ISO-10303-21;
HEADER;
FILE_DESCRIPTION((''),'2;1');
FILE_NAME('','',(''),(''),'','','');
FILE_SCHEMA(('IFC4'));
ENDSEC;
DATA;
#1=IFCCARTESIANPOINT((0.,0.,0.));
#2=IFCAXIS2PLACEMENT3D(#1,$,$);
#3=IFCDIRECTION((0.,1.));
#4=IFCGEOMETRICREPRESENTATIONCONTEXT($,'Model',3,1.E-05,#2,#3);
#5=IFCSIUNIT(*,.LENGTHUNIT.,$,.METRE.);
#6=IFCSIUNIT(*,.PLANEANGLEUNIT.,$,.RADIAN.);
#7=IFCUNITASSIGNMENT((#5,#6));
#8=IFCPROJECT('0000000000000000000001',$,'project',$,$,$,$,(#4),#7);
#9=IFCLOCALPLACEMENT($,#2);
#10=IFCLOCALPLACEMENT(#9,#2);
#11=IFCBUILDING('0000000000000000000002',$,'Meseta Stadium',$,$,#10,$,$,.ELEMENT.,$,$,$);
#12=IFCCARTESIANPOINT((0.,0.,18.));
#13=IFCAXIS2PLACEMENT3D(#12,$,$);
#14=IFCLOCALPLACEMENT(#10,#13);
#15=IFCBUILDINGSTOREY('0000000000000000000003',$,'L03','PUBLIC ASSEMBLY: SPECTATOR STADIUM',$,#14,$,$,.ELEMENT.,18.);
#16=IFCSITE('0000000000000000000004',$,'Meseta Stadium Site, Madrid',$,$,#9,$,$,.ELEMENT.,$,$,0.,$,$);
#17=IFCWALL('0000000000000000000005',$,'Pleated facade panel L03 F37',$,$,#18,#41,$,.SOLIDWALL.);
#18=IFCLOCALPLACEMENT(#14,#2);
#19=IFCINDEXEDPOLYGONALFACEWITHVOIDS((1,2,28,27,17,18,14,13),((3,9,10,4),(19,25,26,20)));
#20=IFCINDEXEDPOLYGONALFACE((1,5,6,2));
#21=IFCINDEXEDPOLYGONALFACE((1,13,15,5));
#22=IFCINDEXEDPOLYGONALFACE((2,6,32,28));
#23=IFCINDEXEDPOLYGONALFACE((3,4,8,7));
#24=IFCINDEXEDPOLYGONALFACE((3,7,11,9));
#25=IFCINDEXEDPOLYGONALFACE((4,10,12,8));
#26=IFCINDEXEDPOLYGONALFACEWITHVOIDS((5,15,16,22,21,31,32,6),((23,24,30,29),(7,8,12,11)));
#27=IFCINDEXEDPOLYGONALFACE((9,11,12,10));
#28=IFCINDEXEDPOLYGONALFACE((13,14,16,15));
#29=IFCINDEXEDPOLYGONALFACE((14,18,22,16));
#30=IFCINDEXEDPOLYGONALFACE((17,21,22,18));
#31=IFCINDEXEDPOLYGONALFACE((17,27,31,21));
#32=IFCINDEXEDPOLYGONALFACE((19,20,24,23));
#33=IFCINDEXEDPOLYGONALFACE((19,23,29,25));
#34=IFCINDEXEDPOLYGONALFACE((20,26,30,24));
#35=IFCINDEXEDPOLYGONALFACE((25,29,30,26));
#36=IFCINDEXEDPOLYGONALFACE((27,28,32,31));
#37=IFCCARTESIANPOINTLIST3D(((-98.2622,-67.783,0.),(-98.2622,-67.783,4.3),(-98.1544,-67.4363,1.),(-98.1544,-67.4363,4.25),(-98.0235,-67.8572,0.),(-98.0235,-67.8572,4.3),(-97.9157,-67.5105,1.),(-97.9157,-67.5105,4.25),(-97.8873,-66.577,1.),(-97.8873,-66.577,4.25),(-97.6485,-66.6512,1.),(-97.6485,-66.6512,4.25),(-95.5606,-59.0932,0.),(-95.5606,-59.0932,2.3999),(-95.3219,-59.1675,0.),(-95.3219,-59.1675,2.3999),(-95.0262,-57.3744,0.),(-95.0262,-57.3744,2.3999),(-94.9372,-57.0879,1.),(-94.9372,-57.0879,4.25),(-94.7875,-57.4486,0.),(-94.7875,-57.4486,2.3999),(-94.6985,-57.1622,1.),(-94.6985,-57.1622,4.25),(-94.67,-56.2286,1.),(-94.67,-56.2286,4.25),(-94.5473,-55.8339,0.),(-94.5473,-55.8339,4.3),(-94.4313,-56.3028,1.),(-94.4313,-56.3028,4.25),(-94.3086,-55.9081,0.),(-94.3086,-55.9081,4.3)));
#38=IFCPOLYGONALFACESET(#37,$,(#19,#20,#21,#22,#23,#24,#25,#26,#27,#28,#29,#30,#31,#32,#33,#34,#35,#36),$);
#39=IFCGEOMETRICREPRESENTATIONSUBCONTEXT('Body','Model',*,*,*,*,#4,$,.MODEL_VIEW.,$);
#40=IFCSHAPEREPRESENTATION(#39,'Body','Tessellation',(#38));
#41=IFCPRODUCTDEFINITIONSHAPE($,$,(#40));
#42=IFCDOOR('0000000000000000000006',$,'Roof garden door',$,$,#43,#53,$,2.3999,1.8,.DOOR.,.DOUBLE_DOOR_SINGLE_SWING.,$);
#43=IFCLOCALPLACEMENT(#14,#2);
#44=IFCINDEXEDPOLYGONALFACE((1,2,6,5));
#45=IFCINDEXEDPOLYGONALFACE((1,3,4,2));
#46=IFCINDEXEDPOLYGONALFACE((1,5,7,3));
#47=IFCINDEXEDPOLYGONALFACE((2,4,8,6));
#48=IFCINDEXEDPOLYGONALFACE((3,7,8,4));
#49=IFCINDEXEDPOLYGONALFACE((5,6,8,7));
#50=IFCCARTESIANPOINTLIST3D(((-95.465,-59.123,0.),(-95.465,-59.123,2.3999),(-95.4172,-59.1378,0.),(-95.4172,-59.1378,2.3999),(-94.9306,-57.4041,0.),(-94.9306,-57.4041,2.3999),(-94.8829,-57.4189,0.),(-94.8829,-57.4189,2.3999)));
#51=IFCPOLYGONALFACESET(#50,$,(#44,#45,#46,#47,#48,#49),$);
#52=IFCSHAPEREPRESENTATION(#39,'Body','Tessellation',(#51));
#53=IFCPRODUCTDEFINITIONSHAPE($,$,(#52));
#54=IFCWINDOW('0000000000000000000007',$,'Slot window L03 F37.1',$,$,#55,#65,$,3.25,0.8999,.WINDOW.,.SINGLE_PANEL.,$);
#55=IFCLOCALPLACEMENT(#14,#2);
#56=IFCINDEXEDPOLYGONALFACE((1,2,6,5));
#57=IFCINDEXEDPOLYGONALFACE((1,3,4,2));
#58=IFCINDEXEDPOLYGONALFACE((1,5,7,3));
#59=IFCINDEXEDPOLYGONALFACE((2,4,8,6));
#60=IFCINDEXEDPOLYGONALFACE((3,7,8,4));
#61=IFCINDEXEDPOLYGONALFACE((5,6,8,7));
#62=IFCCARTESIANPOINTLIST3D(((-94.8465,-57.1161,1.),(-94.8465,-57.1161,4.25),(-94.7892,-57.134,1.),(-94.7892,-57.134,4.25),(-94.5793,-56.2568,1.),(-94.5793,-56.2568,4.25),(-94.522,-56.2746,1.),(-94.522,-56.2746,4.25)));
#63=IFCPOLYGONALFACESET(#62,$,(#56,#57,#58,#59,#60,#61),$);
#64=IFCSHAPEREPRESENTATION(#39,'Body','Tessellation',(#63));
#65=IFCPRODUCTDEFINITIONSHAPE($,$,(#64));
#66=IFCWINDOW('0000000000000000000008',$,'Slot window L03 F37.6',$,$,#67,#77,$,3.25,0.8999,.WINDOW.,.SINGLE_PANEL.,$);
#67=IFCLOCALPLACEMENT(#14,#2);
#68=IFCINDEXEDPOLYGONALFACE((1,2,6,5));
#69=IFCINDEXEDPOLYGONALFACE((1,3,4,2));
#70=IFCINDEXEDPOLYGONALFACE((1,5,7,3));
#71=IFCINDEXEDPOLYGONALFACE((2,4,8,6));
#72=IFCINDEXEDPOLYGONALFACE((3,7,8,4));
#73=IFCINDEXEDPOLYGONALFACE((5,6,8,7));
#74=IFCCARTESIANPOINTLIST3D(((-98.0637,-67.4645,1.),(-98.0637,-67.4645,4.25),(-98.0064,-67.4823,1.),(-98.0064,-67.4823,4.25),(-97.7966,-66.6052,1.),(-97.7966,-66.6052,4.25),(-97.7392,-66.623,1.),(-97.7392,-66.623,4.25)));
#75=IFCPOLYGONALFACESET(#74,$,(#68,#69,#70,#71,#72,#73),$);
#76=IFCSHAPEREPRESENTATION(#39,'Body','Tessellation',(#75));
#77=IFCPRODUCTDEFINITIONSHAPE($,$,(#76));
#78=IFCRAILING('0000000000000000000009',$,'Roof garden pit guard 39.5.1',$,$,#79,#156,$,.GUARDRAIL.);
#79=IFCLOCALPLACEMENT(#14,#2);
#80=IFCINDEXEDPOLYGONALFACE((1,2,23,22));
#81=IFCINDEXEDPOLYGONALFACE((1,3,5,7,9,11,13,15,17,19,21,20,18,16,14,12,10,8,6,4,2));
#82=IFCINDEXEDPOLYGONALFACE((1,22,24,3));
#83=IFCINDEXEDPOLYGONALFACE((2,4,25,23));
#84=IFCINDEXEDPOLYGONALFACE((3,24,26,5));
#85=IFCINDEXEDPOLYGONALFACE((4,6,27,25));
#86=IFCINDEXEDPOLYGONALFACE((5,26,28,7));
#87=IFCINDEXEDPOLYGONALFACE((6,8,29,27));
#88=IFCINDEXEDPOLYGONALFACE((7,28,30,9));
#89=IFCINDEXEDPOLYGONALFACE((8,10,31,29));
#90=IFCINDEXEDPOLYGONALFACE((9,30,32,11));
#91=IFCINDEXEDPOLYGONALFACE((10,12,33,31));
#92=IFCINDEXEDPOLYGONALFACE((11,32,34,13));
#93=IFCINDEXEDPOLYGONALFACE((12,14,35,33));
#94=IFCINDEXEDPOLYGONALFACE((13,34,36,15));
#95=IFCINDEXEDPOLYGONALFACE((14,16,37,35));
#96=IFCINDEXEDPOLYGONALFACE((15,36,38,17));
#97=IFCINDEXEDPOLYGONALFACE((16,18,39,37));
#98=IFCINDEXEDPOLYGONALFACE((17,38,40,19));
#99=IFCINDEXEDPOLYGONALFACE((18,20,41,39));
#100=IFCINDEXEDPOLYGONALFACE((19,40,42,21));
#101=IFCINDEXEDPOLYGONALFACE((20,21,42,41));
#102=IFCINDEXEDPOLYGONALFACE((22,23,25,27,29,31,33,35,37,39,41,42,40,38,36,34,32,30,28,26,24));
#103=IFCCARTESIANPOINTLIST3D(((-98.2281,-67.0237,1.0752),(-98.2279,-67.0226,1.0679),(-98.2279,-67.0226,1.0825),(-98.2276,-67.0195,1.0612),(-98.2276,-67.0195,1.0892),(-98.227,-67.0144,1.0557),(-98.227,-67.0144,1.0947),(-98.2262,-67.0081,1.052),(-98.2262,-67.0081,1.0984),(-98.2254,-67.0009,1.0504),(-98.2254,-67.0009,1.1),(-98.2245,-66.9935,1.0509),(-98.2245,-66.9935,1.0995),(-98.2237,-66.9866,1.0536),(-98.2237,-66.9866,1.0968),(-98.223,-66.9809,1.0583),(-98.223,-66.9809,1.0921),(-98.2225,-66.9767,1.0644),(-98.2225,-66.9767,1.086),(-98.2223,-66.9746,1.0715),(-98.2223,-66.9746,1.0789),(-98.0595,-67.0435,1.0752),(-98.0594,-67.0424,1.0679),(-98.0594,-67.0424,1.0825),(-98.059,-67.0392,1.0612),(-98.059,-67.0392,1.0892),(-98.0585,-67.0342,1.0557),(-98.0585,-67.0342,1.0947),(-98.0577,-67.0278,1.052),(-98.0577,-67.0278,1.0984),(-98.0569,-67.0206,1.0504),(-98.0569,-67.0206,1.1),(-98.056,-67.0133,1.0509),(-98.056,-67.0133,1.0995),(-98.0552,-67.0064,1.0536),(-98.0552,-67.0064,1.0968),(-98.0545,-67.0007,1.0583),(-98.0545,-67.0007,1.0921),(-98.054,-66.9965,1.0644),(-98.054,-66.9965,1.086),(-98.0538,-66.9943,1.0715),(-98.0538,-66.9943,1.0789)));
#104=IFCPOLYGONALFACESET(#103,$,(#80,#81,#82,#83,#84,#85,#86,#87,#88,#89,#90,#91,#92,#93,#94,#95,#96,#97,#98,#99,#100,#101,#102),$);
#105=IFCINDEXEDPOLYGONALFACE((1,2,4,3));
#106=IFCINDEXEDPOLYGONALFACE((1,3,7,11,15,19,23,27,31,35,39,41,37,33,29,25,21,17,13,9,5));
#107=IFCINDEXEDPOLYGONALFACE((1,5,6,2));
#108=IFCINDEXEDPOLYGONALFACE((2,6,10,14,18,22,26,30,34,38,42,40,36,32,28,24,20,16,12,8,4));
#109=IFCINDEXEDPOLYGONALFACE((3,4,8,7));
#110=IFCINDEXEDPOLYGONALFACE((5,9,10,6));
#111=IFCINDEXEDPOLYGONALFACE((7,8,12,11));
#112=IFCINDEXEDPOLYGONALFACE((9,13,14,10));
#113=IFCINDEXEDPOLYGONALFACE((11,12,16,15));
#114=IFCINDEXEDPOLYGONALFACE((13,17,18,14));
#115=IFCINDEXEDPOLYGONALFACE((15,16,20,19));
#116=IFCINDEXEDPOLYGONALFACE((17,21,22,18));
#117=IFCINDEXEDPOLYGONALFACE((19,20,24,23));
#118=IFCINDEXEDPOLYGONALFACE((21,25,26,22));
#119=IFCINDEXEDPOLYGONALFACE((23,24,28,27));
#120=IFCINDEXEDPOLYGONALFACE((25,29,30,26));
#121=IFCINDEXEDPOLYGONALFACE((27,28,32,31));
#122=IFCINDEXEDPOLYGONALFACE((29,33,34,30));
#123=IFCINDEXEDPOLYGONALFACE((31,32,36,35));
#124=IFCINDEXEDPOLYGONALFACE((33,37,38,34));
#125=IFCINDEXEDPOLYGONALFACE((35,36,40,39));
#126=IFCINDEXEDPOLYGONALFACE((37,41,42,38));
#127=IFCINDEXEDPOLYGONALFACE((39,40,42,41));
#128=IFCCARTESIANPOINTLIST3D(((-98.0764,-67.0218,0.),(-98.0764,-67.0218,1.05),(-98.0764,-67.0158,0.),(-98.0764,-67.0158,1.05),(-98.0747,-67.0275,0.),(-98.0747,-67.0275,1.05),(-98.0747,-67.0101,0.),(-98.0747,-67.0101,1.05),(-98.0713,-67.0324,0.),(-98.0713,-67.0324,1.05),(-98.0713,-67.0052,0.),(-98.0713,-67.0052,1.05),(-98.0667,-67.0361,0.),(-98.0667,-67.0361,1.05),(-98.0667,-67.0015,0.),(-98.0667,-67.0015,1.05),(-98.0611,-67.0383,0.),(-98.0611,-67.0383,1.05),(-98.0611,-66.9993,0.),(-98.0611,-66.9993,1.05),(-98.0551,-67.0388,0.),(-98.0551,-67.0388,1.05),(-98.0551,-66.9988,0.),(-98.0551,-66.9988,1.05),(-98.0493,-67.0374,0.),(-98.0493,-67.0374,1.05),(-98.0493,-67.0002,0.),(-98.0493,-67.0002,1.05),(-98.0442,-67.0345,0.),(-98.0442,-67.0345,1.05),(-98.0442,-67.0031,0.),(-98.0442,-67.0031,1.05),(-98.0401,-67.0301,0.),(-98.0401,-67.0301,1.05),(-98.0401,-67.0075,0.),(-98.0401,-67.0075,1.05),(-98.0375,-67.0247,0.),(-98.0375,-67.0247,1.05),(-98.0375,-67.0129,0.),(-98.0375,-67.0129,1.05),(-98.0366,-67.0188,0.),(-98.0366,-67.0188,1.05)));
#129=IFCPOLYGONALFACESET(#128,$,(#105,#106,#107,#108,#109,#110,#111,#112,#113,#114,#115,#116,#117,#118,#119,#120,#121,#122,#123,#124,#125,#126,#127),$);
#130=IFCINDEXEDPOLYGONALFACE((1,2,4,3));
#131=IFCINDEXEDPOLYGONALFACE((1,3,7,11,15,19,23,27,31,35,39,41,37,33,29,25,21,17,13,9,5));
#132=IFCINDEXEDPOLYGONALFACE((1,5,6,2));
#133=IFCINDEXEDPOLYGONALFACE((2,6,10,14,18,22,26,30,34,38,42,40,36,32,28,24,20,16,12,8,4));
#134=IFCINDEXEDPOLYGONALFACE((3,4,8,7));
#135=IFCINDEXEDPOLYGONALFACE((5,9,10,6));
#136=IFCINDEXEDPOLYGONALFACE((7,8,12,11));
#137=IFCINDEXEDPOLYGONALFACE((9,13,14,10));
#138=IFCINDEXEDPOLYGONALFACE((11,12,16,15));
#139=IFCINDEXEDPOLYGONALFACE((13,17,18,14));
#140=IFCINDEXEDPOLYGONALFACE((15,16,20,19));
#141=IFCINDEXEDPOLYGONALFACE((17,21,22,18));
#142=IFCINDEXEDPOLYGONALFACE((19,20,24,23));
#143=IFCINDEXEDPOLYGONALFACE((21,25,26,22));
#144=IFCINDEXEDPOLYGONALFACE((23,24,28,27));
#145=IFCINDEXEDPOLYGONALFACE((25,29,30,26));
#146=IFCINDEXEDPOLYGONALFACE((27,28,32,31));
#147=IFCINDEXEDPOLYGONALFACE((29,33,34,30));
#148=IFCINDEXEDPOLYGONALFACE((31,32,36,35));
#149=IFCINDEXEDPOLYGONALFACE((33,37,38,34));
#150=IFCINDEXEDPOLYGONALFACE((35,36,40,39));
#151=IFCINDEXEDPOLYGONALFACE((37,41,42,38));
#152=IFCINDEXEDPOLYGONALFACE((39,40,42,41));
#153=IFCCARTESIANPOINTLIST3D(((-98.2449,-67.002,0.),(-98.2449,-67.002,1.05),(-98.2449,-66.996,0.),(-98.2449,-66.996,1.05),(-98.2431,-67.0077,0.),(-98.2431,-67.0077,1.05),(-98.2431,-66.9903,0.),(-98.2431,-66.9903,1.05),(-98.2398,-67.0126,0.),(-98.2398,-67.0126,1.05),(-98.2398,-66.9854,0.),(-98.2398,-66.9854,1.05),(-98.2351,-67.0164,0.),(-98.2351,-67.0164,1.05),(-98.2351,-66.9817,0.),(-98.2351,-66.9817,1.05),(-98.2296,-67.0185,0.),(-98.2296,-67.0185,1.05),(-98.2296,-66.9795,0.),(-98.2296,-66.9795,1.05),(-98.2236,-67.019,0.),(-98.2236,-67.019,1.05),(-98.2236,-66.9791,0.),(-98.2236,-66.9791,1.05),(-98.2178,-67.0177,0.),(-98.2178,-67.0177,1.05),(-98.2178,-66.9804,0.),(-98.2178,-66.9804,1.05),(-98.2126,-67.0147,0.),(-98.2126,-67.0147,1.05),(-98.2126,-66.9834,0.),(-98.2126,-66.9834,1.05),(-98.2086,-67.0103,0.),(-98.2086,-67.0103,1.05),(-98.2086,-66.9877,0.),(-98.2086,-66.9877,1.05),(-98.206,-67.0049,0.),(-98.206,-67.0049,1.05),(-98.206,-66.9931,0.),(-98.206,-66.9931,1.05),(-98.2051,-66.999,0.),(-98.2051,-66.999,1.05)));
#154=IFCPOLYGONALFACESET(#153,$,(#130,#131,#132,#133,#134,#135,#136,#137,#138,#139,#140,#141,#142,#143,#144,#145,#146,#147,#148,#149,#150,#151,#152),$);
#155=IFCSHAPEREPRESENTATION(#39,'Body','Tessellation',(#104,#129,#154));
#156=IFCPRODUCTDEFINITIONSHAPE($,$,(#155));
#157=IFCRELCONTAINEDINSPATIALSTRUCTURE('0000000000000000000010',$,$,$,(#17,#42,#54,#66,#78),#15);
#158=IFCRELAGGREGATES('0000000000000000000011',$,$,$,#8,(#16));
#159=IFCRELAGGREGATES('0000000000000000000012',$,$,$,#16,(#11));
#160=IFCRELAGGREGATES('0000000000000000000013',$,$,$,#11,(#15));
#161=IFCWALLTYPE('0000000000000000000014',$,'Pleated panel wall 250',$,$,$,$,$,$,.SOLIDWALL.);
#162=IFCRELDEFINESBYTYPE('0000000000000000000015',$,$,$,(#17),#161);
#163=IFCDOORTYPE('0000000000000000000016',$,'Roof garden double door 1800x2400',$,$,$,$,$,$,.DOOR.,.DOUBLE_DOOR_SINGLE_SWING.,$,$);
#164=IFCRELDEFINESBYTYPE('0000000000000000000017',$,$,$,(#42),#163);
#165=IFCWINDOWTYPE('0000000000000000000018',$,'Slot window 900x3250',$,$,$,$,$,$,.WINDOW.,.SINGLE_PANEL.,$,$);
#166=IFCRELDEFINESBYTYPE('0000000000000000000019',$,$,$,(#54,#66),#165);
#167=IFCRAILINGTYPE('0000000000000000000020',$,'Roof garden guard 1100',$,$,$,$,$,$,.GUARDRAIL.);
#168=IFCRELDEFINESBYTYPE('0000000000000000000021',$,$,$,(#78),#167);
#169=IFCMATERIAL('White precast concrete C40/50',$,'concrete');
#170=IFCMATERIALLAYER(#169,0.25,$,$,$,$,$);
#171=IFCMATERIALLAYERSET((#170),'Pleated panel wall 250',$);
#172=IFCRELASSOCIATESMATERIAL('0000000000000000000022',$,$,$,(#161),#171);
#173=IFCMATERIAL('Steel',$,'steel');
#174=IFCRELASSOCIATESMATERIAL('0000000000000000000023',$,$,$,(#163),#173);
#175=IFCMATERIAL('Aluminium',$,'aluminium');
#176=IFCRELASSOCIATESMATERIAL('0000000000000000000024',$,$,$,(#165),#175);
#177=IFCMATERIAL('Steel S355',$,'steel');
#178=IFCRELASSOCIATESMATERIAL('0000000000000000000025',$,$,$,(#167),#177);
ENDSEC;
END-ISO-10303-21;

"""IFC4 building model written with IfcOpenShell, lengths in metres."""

from ifc_helpers import new_model, si_unit, direction, frame, frame_2d, origin, origin_2d, place, context, subcontext, project, spatial, rectangle, circle, extrude, material, layer, layer_set, type_object, element, fill, save


model = new_model("IFC4")

# Units and contexts
model_context = context("Model", 3, precision=1e-05, world=origin(), true_north=direction((0.0, 1.0)))
body_context = subcontext(model_context, "Body", "Model", "MODEL_VIEW")
ifc_project = project(units=[si_unit("LENGTHUNIT", "METRE"), si_unit("PLANEANGLEUNIT", "RADIAN")], contexts=[model_context])

# Site, building, storey
site_placement = place(None, origin())
site = spatial("IfcSite", under=ifc_project, at=site_placement, Name="Meseta Stadium Site, Madrid", CompositionType="ELEMENT", RefElevation=0.0)
building_placement = place(site_placement, origin())
building = spatial("IfcBuilding", under=site, at=building_placement, Name="Meseta Stadium", CompositionType="ELEMENT")
storey_placement = place(building_placement, frame((0.0, 0.0, 18.0)))
storey = spatial("IfcBuildingStorey", under=building, at=storey_placement, Name="L03", Description="PUBLIC ASSEMBLY: SPECTATOR STADIUM", CompositionType="ELEMENT", Elevation=18.0)

# Wall, openings, door, windows
ifc_material_1 = material(Name="White precast concrete C40/50", Category="concrete")
ifc_layer_1 = layer(ifc_material_1, 0.25)
ifc_layer_set_1 = layer_set([ifc_layer_1], Name="Pleated panel wall 250")
wall_type = type_object("IfcWallType", Name="Pleated panel wall 250", PredefinedType="SOLIDWALL", material=ifc_layer_set_1)
wall_placement = place(storey_placement, frame((-98.1428, -67.8201, 0.0), z_axis=(0.0, 0.0, 1.0), x_axis=(0.296876, 0.954916, 0.0)))
wall = element("IfcWall", 1, at=wall_placement, inside=storey, type_object=wall_type, Name="Pleated facade panel L03 F37", PredefinedType="SOLIDWALL", context=body_context, shape_type="SweptSolid", body=[
    extrude(rectangle(XDim=12.5132, YDim=0.25, at=frame_2d((6.2566, 0.0))), origin(), (0.0, 0.0, 1.0), 4.3),
])
opening_1_placement = place(wall_placement, frame((11.2, 0.0, 1.0)))
opening_1 = element("IfcOpeningElement", 2, at=opening_1_placement, cuts=wall, PredefinedType="OPENING", context=body_context, shape_type="SweptSolid", body=[
    extrude(rectangle(XDim=0.8999, YDim=3.25, at=frame_2d((0.45, 1.625))), frame((0.0, 0.135, 0.0), z_axis=(0.0, -1.0, 0.0), x_axis=(1.0, 0.0, 0.0)), (0.0, 0.0, 1.0), 0.27),
])
opening_2_placement = place(wall_placement, frame((0.363, 0.0, 1.0)))
opening_2 = element("IfcOpeningElement", 3, at=opening_2_placement, cuts=wall, PredefinedType="OPENING", context=body_context, shape_type="SweptSolid", body=[
    extrude(rectangle(XDim=0.8999, YDim=3.25, at=frame_2d((0.45, 1.625))), frame((0.0, 0.135, 0.0), z_axis=(0.0, -1.0, 0.0), x_axis=(1.0, 0.0, 0.0)), (0.0, 0.0, 1.0), 0.27),
])
opening_3_placement = place(wall_placement, frame((9.1001, 0.0, 0.0)))
opening_3 = element("IfcOpeningElement", 4, at=opening_3_placement, cuts=wall, PredefinedType="OPENING", context=body_context, shape_type="SweptSolid", body=[
    extrude(rectangle(XDim=1.8, YDim=2.3999, at=frame_2d((0.8999, 1.2))), frame((0.0, 0.135, 0.0), z_axis=(0.0, -1.0, 0.0), x_axis=(1.0, 0.0, 0.0)), (0.0, 0.0, 1.0), 0.27),
])
ifc_material_2 = material(Name="Steel", Category="steel")
door_type = type_object("IfcDoorType", Name="Roof garden double door 1800x2400", OperationType="DOUBLE_DOOR_SINGLE_SWING", PredefinedType="DOOR", material=ifc_material_2)
door_placement = place(opening_3_placement, origin())
door = element("IfcDoor", 5, at=door_placement, inside=storey, type_object=door_type, Name="Roof garden door", OperationType="DOUBLE_DOOR_SINGLE_SWING", OverallHeight=2.3999, OverallWidth=1.8, PredefinedType="DOOR", context=body_context, shape_type="SweptSolid", body=[
    extrude(rectangle(XDim=1.8, YDim=2.3999, at=frame_2d((0.8999, 1.2))), frame((0.0, 0.0249, 0.0), z_axis=(0.0, -1.0, 0.0), x_axis=(1.0, 0.0, 0.0)), (0.0, 0.0, 1.0), 0.05),
])
fill(opening_3, door)
ifc_material_3 = material(Name="Aluminium", Category="aluminium")
window_type = type_object("IfcWindowType", Name="Slot window 900x3250", PartitioningType="SINGLE_PANEL", PredefinedType="WINDOW", material=ifc_material_3)
window_1_placement = place(opening_1_placement, origin())
window_1 = element("IfcWindow", 6, at=window_1_placement, inside=storey, type_object=window_type, Name="Slot window L03 F37.1", OverallHeight=3.25, OverallWidth=0.8999, PartitioningType="SINGLE_PANEL", PredefinedType="WINDOW", context=body_context, shape_type="SweptSolid", body=[
    extrude(rectangle(XDim=0.8999, YDim=3.25, at=frame_2d((0.45, 1.625))), frame((0.0, 0.03, 0.0), z_axis=(0.0, -1.0, 0.0), x_axis=(1.0, 0.0, 0.0)), (0.0, 0.0, 1.0), 0.0601),
])
fill(opening_1, window_1)
window_2_placement = place(opening_2_placement, origin())
window_2 = element("IfcWindow", 7, at=window_2_placement, inside=storey, type_object=window_type, Name="Slot window L03 F37.6", OverallHeight=3.25, OverallWidth=0.8999, PartitioningType="SINGLE_PANEL", PredefinedType="WINDOW", context=body_context, shape_type="SweptSolid", body=[
    extrude(rectangle(XDim=0.8999, YDim=3.25, at=frame_2d((0.45, 1.625))), frame((0.0, 0.03, 0.0), z_axis=(0.0, -1.0, 0.0), x_axis=(1.0, 0.0, 0.0)), (0.0, 0.0, 1.0), 0.0601),
])
fill(opening_2, window_2)

# Railing
ifc_material_4 = material(Name="Steel S355", Category="steel")
railing_type = type_object("IfcRailingType", Name="Roof garden guard 1100", PredefinedType="GUARDRAIL", material=ifc_material_4)
railing_1_placement = place(storey_placement, frame((-98.0566, -67.0188, 0.0)))
element("IfcRailing", 8, at=railing_1_placement, inside=storey, type_object=railing_type, Name="Roof garden pit guard 39.5.1", PredefinedType="GUARDRAIL", context=body_context, shape_type="SweptSolid", body=[
    extrude(circle(Radius=0.0249, at=origin_2d()), frame((0.0, 0.0, 1.0752), z_axis=(-0.99318, 0.116591, 0.0), x_axis=(-0.116591, -0.99318, 0.0)), (0.0, 0.0, 1.0), 0.1697),
    extrude(circle(Radius=0.02, at=origin_2d()), origin(), (0.0, 0.0, 1.0), 1.05),
    extrude(circle(Radius=0.02, at=origin_2d()), frame((-0.1685, 0.0198, 0.0)), (0.0, 0.0, 1.0), 1.05),
])

save(model, "model.ifc")
